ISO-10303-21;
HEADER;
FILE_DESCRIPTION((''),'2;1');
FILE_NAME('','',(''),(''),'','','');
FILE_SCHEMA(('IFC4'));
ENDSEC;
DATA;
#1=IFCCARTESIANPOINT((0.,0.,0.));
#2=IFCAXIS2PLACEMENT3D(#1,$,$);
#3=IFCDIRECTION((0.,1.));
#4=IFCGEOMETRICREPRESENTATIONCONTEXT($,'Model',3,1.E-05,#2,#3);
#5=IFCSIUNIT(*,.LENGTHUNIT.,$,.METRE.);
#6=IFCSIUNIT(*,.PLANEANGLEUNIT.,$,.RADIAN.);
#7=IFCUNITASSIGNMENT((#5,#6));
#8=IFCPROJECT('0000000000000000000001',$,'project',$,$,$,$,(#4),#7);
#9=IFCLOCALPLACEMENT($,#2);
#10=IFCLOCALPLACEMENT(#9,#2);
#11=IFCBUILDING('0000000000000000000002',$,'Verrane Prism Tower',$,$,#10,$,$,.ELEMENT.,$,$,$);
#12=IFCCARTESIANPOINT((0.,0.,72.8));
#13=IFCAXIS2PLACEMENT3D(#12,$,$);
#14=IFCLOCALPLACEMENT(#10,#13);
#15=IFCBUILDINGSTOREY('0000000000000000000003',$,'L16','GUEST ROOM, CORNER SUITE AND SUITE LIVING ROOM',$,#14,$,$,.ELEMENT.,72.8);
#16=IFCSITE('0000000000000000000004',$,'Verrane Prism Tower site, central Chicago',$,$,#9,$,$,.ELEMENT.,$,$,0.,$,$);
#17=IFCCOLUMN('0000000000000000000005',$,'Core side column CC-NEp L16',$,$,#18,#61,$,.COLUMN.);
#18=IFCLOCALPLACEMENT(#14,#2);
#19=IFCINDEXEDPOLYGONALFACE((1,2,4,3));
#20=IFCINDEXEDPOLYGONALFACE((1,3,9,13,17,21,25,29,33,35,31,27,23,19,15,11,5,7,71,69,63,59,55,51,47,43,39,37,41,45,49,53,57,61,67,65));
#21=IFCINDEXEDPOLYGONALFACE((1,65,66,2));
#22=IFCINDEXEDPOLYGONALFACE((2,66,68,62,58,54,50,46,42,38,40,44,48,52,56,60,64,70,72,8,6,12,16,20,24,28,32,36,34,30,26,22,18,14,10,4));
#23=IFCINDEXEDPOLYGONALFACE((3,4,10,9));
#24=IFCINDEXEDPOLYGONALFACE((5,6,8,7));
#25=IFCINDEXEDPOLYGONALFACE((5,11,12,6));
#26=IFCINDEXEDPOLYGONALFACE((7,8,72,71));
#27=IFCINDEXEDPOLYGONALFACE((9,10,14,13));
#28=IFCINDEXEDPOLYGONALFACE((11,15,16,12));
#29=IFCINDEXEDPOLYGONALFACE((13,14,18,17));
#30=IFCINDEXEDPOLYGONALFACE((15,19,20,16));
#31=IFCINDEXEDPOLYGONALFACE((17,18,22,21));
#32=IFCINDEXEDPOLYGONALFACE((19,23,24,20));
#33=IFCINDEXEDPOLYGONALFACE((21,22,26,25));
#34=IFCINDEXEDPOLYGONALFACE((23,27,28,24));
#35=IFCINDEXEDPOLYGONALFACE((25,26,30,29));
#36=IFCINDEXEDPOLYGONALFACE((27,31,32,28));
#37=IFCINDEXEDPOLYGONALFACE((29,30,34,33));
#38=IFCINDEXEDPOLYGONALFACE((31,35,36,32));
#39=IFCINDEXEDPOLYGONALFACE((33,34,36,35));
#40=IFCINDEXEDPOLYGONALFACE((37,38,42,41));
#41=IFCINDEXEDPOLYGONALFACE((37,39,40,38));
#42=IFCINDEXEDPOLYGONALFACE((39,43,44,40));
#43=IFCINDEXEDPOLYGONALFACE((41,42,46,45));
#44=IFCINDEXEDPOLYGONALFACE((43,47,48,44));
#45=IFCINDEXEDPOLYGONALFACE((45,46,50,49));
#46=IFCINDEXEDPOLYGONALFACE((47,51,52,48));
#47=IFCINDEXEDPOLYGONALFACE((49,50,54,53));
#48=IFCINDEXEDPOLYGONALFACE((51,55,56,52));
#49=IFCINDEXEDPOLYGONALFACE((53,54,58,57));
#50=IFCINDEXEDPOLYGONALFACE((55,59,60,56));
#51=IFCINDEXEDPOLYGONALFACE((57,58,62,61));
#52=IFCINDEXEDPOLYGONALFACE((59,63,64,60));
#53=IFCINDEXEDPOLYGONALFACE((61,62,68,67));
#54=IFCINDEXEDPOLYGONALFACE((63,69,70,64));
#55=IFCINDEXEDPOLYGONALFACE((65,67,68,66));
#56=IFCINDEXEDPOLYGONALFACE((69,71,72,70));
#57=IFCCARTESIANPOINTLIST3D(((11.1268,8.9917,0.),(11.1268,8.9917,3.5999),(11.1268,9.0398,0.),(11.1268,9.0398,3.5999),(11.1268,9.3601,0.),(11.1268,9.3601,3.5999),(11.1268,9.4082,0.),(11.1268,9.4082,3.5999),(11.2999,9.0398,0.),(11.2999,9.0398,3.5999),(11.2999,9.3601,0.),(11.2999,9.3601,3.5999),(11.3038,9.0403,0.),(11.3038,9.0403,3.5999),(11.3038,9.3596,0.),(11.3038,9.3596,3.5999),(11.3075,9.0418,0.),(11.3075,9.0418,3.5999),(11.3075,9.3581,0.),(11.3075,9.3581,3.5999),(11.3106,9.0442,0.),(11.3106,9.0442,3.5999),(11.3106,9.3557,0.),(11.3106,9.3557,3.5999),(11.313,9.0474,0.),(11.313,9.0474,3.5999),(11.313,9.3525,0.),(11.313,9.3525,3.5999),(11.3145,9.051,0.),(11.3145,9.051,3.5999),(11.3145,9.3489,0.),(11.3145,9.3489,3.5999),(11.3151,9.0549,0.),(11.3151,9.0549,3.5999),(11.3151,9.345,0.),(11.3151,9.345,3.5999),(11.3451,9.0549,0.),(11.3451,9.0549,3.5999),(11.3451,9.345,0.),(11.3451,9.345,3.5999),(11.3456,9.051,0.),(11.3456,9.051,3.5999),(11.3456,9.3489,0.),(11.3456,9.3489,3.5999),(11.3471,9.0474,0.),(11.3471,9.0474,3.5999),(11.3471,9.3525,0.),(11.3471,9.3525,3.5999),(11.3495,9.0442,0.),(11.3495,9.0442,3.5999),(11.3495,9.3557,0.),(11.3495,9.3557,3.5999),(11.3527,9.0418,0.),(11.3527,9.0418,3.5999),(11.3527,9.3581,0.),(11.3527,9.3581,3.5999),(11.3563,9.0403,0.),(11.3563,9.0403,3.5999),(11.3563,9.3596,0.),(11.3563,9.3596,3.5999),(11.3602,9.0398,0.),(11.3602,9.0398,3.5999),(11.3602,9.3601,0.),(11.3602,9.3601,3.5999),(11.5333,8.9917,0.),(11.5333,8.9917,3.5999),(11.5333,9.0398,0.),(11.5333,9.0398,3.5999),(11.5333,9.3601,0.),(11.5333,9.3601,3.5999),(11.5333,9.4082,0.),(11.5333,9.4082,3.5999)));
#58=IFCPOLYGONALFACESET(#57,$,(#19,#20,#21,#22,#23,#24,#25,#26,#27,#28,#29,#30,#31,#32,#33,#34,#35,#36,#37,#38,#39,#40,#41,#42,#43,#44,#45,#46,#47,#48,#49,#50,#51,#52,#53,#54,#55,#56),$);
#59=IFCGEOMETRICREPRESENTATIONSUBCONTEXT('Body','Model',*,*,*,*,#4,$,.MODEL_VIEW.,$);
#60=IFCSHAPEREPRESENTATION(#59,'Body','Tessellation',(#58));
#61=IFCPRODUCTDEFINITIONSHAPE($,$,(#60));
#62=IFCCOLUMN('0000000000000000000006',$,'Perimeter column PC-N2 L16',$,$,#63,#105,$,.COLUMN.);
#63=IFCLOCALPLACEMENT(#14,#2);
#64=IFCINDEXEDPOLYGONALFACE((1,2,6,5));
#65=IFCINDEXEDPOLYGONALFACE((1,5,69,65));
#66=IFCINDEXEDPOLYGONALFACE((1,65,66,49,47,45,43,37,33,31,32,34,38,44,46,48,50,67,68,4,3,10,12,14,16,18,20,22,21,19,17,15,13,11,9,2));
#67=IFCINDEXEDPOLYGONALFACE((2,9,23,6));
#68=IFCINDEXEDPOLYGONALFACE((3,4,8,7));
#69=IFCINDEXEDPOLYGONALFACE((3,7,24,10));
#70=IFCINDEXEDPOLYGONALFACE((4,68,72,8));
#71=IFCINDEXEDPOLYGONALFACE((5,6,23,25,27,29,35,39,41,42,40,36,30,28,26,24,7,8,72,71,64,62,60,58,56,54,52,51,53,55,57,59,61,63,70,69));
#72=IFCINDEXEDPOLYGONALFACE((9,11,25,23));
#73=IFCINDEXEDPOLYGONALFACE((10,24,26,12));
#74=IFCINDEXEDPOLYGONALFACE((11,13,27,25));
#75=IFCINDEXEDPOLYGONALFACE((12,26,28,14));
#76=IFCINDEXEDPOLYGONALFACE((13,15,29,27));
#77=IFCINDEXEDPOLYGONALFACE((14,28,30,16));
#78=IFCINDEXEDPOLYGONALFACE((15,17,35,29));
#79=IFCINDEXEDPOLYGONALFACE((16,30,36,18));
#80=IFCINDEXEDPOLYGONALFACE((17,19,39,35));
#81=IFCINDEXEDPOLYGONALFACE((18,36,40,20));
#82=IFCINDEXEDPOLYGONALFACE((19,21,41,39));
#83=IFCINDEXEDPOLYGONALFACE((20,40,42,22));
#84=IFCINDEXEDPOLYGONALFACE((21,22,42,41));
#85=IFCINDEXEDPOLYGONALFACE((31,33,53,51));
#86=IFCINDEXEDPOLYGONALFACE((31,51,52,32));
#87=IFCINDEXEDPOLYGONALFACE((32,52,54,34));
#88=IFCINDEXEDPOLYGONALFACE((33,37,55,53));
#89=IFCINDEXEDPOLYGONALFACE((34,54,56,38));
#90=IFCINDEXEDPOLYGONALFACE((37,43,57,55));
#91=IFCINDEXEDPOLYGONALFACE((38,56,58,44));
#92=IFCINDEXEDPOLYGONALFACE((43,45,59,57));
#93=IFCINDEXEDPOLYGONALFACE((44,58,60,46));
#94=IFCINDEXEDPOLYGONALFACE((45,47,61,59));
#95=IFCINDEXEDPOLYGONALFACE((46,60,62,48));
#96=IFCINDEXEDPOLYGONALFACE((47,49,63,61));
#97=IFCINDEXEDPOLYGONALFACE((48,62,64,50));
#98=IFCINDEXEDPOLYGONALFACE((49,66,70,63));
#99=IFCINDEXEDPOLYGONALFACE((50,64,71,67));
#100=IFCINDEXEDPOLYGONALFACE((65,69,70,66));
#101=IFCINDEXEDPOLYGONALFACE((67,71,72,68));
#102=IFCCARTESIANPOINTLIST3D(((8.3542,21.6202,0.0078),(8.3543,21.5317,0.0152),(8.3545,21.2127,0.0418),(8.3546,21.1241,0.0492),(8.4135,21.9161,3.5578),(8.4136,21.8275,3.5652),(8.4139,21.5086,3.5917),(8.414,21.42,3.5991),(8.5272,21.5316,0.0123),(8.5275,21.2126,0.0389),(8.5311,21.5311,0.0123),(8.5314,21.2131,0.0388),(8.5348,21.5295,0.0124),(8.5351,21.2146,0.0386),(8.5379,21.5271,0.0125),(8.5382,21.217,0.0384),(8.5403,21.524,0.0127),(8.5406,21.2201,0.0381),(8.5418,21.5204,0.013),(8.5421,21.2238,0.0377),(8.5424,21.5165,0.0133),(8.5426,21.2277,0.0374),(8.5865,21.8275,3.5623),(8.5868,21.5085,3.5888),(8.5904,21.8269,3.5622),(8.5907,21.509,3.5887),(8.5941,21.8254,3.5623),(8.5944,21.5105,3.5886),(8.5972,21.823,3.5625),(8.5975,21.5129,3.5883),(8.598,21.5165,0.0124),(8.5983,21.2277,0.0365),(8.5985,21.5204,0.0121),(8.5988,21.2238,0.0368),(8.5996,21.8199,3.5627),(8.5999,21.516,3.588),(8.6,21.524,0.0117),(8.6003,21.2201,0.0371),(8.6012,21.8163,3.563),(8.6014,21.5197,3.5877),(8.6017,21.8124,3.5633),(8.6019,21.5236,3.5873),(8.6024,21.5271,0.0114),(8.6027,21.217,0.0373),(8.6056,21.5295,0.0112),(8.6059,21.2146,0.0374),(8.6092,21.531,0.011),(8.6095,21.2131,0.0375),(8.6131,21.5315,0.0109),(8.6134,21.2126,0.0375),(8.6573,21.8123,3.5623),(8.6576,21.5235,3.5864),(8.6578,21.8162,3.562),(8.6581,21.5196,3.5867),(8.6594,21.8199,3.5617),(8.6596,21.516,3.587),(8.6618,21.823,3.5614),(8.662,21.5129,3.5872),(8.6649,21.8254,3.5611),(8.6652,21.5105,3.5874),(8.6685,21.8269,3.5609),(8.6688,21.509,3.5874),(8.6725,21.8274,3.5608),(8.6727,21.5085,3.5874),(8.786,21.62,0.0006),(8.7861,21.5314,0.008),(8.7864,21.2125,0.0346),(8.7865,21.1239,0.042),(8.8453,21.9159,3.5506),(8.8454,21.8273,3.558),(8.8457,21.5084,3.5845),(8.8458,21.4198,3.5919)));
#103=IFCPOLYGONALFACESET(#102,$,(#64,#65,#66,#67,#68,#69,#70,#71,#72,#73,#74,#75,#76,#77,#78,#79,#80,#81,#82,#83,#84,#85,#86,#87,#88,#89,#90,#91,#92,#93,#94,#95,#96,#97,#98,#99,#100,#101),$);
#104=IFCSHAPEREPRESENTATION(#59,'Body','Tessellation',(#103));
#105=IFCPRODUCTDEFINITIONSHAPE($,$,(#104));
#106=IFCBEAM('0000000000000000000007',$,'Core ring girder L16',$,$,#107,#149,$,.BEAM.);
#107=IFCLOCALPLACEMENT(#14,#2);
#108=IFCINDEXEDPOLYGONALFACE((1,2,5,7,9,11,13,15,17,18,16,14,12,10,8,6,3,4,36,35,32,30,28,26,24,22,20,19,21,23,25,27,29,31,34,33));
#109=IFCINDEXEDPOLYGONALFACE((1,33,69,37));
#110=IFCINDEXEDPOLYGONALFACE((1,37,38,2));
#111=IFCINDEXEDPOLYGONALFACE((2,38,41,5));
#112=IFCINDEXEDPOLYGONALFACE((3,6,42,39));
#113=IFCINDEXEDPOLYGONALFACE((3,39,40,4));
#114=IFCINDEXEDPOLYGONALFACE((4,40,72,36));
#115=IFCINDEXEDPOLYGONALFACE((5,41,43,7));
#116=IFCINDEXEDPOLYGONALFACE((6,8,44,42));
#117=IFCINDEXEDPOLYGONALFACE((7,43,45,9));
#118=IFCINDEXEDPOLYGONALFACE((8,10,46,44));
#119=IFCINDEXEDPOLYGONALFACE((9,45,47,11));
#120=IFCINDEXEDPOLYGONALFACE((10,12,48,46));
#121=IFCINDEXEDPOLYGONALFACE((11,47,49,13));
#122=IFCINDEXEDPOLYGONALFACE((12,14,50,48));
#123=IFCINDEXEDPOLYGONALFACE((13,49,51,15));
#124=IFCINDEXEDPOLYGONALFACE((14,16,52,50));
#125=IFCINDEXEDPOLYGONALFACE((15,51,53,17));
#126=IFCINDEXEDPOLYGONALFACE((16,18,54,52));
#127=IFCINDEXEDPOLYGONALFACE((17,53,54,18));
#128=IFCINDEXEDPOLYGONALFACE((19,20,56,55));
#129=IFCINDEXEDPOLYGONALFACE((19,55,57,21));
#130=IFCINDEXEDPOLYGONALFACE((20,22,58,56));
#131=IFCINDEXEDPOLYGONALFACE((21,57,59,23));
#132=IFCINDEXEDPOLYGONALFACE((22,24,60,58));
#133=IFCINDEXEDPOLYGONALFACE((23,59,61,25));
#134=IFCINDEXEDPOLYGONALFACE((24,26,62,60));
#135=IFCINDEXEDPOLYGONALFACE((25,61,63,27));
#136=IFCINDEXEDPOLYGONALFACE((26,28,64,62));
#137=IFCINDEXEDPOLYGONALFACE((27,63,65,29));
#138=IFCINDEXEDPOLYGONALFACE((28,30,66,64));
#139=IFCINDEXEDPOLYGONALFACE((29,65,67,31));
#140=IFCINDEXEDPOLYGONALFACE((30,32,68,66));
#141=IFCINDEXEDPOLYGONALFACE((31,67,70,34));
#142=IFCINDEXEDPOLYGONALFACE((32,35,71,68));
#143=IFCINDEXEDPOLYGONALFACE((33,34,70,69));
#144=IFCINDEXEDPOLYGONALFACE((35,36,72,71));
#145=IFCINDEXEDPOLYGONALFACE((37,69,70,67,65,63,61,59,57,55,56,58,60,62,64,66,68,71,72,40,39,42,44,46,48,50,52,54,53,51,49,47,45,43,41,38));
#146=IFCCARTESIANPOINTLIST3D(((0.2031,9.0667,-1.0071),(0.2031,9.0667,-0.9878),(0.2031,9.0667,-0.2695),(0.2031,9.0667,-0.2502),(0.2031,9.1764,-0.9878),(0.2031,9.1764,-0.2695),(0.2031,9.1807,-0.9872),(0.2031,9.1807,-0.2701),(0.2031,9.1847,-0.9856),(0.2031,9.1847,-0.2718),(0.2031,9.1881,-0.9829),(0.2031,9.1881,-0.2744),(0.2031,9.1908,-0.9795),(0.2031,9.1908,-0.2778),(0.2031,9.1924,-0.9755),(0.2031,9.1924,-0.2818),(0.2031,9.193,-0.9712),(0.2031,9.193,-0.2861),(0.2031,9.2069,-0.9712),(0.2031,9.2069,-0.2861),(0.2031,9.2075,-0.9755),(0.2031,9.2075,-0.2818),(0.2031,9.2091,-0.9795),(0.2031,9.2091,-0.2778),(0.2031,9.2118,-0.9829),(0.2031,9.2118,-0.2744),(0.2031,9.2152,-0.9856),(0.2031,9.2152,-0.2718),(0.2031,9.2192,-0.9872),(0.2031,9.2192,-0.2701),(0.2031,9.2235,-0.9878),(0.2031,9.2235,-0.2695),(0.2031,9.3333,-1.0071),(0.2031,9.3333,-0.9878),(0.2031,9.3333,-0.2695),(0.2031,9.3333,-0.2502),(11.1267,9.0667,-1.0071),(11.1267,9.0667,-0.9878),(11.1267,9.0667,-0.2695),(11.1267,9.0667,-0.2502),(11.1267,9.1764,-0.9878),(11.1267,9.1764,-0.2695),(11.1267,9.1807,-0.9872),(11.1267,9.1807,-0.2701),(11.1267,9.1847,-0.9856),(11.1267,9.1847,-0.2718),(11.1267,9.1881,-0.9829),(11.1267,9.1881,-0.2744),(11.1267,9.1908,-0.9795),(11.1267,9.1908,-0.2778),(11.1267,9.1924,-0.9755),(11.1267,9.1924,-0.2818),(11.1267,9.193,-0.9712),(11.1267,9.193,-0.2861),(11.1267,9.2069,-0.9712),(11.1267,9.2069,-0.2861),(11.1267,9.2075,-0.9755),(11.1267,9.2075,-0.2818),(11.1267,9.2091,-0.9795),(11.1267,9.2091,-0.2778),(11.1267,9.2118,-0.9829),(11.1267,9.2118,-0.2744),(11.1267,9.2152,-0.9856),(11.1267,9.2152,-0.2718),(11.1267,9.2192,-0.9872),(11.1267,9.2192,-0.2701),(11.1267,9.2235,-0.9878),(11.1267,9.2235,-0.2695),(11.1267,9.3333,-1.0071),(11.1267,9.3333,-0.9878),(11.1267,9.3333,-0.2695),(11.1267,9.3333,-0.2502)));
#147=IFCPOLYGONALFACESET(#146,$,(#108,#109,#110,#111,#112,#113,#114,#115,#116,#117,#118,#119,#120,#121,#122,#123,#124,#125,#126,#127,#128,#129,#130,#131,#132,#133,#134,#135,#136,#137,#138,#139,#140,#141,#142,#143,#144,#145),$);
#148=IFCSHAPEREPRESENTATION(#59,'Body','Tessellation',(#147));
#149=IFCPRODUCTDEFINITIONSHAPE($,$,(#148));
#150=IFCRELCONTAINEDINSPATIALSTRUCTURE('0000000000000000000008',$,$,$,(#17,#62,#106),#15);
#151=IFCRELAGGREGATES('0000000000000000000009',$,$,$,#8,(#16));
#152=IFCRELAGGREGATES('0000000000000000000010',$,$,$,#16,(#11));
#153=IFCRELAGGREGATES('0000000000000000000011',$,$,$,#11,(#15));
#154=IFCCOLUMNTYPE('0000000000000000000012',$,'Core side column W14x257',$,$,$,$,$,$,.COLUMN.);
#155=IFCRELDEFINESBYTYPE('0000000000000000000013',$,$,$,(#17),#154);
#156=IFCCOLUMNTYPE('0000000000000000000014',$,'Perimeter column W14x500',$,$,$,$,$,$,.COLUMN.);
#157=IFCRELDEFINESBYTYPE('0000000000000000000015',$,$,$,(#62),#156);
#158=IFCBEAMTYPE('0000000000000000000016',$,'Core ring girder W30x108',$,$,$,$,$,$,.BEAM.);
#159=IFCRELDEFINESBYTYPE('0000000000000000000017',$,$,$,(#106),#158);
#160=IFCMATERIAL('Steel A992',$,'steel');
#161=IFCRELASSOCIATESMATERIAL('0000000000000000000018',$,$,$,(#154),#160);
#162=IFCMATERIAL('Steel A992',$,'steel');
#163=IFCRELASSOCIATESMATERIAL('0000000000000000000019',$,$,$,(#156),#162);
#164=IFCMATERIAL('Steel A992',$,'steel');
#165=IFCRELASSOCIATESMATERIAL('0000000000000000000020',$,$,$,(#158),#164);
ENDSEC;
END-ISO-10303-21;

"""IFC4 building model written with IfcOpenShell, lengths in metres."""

from ifc_helpers import new_model, si_unit, direction, frame, origin, origin_2d, place, context, subcontext, project, spatial, i_section, extrude, material, material_profile, profile_set, type_object, element, save


model = new_model("IFC4")

# Units and contexts
model_context = context("Model", 3, precision=1e-05, world=origin(), true_north=direction((0.0, 1.0)))
body_context = subcontext(model_context, "Body", "Model", "MODEL_VIEW")
ifc_project = project(units=[si_unit("LENGTHUNIT", "METRE"), si_unit("PLANEANGLEUNIT", "RADIAN")], contexts=[model_context])

# Site, building, storey
site_placement = place(None, origin())
site = spatial("IfcSite", under=ifc_project, at=site_placement, Name="Verrane Prism Tower site, central Chicago", CompositionType="ELEMENT", RefElevation=0.0)
building_placement = place(site_placement, origin())
building = spatial("IfcBuilding", under=site, at=building_placement, Name="Verrane Prism Tower", CompositionType="ELEMENT")
storey_placement = place(building_placement, frame((0.0, 0.0, 72.8)))
storey = spatial("IfcBuildingStorey", under=building, at=storey_placement, Name="L16", Description="GUEST ROOM, CORNER SUITE AND SUITE LIVING ROOM", CompositionType="ELEMENT", Elevation=72.8)

# Columns
ifc_material_1 = material(Name="Steel A992", Category="steel")
ifc_material_profile_1 = material_profile(ifc_material_1, i_section(OverallWidth=0.4065, OverallDepth=0.4165, WebThickness=0.03, FlangeThickness=0.0481, FilletRadius=0.0151, at=origin_2d()), Name="W14x257")
ifc_profile_set_1 = profile_set([ifc_material_profile_1], Name="Steel A992")
column_type_1 = type_object("IfcColumnType", Name="Core side column W14x257", PredefinedType="COLUMN", material=ifc_profile_set_1)
column_1_placement = place(storey_placement, frame((11.3301, 9.2, 0.0), z_axis=(0.0, 0.0, 1.0), x_axis=(1.0, 0.0, 0.0)))
element("IfcColumn", 1, at=column_1_placement, inside=storey, type_object=column_type_1, Name="Core side column CC-NEp L16", PredefinedType="COLUMN", context=body_context, shape_type="SweptSolid", body=[
    extrude(i_section(OverallWidth=0.4065, OverallDepth=0.4165, WebThickness=0.03, FlangeThickness=0.0481, FilletRadius=0.0151, at=origin_2d()), origin(), (0.0, 0.0, 1.0), 3.5999),
])
ifc_material_2 = material(Name="Steel A992", Category="steel")
ifc_material_profile_2 = material_profile(ifc_material_2, i_section(OverallWidth=0.4319, OverallDepth=0.4978, WebThickness=0.0557, FlangeThickness=0.0889, FilletRadius=0.0151, at=origin_2d()), Name="W14x500")
ifc_profile_set_2 = profile_set([ifc_material_profile_2], Name="Steel A992")
column_type_2 = type_object("IfcColumnType", Name="Perimeter column W14x500", PredefinedType="COLUMN", material=ifc_profile_set_2)
column_2_placement = place(storey_placement, frame((8.5703, 21.3721, 0.0249), z_axis=(0.016651, 0.083051, 0.996406), x_axis=(0.999861, -0.000477, -0.016669)))
element("IfcColumn", 2, at=column_2_placement, inside=storey, type_object=column_type_2, Name="Perimeter column PC-N2 L16", PredefinedType="COLUMN", context=body_context, shape_type="SweptSolid", body=[
    extrude(i_section(OverallWidth=0.4319, OverallDepth=0.4978, WebThickness=0.0557, FlangeThickness=0.0889, FilletRadius=0.0151, at=origin_2d()), origin(), (0.0, 0.0, 1.0), 3.5627),
])

# Beam
ifc_material_3 = material(Name="Steel A992", Category="steel")
ifc_material_profile_3 = material_profile(ifc_material_3, i_section(OverallWidth=0.2666, OverallDepth=0.7568, WebThickness=0.0139, FlangeThickness=0.0193, FilletRadius=0.0166, at=origin_2d()), Name="W30x108")
ifc_profile_set_3 = profile_set([ifc_material_profile_3], Name="Steel A992")
beam_type_1 = type_object("IfcBeamType", Name="Core ring girder W30x108", PredefinedType="BEAM", material=ifc_profile_set_3)
beam_1_placement = place(storey_placement, frame((11.1267, 9.2, -0.6287), z_axis=(-1.0, 0.0, 0.0), x_axis=(0.0, -1.0, 0.0)))
element("IfcBeam", 3, at=beam_1_placement, inside=storey, type_object=beam_type_1, Name="Core ring girder L16", PredefinedType="BEAM", context=body_context, shape_type="SweptSolid", body=[
    extrude(i_section(OverallWidth=0.2666, OverallDepth=0.7568, WebThickness=0.0139, FlangeThickness=0.0193, FilletRadius=0.0166, at=origin_2d()), origin(), (0.0, 0.0, 1.0), 10.9236),
])

save(model, "model.ifc")
